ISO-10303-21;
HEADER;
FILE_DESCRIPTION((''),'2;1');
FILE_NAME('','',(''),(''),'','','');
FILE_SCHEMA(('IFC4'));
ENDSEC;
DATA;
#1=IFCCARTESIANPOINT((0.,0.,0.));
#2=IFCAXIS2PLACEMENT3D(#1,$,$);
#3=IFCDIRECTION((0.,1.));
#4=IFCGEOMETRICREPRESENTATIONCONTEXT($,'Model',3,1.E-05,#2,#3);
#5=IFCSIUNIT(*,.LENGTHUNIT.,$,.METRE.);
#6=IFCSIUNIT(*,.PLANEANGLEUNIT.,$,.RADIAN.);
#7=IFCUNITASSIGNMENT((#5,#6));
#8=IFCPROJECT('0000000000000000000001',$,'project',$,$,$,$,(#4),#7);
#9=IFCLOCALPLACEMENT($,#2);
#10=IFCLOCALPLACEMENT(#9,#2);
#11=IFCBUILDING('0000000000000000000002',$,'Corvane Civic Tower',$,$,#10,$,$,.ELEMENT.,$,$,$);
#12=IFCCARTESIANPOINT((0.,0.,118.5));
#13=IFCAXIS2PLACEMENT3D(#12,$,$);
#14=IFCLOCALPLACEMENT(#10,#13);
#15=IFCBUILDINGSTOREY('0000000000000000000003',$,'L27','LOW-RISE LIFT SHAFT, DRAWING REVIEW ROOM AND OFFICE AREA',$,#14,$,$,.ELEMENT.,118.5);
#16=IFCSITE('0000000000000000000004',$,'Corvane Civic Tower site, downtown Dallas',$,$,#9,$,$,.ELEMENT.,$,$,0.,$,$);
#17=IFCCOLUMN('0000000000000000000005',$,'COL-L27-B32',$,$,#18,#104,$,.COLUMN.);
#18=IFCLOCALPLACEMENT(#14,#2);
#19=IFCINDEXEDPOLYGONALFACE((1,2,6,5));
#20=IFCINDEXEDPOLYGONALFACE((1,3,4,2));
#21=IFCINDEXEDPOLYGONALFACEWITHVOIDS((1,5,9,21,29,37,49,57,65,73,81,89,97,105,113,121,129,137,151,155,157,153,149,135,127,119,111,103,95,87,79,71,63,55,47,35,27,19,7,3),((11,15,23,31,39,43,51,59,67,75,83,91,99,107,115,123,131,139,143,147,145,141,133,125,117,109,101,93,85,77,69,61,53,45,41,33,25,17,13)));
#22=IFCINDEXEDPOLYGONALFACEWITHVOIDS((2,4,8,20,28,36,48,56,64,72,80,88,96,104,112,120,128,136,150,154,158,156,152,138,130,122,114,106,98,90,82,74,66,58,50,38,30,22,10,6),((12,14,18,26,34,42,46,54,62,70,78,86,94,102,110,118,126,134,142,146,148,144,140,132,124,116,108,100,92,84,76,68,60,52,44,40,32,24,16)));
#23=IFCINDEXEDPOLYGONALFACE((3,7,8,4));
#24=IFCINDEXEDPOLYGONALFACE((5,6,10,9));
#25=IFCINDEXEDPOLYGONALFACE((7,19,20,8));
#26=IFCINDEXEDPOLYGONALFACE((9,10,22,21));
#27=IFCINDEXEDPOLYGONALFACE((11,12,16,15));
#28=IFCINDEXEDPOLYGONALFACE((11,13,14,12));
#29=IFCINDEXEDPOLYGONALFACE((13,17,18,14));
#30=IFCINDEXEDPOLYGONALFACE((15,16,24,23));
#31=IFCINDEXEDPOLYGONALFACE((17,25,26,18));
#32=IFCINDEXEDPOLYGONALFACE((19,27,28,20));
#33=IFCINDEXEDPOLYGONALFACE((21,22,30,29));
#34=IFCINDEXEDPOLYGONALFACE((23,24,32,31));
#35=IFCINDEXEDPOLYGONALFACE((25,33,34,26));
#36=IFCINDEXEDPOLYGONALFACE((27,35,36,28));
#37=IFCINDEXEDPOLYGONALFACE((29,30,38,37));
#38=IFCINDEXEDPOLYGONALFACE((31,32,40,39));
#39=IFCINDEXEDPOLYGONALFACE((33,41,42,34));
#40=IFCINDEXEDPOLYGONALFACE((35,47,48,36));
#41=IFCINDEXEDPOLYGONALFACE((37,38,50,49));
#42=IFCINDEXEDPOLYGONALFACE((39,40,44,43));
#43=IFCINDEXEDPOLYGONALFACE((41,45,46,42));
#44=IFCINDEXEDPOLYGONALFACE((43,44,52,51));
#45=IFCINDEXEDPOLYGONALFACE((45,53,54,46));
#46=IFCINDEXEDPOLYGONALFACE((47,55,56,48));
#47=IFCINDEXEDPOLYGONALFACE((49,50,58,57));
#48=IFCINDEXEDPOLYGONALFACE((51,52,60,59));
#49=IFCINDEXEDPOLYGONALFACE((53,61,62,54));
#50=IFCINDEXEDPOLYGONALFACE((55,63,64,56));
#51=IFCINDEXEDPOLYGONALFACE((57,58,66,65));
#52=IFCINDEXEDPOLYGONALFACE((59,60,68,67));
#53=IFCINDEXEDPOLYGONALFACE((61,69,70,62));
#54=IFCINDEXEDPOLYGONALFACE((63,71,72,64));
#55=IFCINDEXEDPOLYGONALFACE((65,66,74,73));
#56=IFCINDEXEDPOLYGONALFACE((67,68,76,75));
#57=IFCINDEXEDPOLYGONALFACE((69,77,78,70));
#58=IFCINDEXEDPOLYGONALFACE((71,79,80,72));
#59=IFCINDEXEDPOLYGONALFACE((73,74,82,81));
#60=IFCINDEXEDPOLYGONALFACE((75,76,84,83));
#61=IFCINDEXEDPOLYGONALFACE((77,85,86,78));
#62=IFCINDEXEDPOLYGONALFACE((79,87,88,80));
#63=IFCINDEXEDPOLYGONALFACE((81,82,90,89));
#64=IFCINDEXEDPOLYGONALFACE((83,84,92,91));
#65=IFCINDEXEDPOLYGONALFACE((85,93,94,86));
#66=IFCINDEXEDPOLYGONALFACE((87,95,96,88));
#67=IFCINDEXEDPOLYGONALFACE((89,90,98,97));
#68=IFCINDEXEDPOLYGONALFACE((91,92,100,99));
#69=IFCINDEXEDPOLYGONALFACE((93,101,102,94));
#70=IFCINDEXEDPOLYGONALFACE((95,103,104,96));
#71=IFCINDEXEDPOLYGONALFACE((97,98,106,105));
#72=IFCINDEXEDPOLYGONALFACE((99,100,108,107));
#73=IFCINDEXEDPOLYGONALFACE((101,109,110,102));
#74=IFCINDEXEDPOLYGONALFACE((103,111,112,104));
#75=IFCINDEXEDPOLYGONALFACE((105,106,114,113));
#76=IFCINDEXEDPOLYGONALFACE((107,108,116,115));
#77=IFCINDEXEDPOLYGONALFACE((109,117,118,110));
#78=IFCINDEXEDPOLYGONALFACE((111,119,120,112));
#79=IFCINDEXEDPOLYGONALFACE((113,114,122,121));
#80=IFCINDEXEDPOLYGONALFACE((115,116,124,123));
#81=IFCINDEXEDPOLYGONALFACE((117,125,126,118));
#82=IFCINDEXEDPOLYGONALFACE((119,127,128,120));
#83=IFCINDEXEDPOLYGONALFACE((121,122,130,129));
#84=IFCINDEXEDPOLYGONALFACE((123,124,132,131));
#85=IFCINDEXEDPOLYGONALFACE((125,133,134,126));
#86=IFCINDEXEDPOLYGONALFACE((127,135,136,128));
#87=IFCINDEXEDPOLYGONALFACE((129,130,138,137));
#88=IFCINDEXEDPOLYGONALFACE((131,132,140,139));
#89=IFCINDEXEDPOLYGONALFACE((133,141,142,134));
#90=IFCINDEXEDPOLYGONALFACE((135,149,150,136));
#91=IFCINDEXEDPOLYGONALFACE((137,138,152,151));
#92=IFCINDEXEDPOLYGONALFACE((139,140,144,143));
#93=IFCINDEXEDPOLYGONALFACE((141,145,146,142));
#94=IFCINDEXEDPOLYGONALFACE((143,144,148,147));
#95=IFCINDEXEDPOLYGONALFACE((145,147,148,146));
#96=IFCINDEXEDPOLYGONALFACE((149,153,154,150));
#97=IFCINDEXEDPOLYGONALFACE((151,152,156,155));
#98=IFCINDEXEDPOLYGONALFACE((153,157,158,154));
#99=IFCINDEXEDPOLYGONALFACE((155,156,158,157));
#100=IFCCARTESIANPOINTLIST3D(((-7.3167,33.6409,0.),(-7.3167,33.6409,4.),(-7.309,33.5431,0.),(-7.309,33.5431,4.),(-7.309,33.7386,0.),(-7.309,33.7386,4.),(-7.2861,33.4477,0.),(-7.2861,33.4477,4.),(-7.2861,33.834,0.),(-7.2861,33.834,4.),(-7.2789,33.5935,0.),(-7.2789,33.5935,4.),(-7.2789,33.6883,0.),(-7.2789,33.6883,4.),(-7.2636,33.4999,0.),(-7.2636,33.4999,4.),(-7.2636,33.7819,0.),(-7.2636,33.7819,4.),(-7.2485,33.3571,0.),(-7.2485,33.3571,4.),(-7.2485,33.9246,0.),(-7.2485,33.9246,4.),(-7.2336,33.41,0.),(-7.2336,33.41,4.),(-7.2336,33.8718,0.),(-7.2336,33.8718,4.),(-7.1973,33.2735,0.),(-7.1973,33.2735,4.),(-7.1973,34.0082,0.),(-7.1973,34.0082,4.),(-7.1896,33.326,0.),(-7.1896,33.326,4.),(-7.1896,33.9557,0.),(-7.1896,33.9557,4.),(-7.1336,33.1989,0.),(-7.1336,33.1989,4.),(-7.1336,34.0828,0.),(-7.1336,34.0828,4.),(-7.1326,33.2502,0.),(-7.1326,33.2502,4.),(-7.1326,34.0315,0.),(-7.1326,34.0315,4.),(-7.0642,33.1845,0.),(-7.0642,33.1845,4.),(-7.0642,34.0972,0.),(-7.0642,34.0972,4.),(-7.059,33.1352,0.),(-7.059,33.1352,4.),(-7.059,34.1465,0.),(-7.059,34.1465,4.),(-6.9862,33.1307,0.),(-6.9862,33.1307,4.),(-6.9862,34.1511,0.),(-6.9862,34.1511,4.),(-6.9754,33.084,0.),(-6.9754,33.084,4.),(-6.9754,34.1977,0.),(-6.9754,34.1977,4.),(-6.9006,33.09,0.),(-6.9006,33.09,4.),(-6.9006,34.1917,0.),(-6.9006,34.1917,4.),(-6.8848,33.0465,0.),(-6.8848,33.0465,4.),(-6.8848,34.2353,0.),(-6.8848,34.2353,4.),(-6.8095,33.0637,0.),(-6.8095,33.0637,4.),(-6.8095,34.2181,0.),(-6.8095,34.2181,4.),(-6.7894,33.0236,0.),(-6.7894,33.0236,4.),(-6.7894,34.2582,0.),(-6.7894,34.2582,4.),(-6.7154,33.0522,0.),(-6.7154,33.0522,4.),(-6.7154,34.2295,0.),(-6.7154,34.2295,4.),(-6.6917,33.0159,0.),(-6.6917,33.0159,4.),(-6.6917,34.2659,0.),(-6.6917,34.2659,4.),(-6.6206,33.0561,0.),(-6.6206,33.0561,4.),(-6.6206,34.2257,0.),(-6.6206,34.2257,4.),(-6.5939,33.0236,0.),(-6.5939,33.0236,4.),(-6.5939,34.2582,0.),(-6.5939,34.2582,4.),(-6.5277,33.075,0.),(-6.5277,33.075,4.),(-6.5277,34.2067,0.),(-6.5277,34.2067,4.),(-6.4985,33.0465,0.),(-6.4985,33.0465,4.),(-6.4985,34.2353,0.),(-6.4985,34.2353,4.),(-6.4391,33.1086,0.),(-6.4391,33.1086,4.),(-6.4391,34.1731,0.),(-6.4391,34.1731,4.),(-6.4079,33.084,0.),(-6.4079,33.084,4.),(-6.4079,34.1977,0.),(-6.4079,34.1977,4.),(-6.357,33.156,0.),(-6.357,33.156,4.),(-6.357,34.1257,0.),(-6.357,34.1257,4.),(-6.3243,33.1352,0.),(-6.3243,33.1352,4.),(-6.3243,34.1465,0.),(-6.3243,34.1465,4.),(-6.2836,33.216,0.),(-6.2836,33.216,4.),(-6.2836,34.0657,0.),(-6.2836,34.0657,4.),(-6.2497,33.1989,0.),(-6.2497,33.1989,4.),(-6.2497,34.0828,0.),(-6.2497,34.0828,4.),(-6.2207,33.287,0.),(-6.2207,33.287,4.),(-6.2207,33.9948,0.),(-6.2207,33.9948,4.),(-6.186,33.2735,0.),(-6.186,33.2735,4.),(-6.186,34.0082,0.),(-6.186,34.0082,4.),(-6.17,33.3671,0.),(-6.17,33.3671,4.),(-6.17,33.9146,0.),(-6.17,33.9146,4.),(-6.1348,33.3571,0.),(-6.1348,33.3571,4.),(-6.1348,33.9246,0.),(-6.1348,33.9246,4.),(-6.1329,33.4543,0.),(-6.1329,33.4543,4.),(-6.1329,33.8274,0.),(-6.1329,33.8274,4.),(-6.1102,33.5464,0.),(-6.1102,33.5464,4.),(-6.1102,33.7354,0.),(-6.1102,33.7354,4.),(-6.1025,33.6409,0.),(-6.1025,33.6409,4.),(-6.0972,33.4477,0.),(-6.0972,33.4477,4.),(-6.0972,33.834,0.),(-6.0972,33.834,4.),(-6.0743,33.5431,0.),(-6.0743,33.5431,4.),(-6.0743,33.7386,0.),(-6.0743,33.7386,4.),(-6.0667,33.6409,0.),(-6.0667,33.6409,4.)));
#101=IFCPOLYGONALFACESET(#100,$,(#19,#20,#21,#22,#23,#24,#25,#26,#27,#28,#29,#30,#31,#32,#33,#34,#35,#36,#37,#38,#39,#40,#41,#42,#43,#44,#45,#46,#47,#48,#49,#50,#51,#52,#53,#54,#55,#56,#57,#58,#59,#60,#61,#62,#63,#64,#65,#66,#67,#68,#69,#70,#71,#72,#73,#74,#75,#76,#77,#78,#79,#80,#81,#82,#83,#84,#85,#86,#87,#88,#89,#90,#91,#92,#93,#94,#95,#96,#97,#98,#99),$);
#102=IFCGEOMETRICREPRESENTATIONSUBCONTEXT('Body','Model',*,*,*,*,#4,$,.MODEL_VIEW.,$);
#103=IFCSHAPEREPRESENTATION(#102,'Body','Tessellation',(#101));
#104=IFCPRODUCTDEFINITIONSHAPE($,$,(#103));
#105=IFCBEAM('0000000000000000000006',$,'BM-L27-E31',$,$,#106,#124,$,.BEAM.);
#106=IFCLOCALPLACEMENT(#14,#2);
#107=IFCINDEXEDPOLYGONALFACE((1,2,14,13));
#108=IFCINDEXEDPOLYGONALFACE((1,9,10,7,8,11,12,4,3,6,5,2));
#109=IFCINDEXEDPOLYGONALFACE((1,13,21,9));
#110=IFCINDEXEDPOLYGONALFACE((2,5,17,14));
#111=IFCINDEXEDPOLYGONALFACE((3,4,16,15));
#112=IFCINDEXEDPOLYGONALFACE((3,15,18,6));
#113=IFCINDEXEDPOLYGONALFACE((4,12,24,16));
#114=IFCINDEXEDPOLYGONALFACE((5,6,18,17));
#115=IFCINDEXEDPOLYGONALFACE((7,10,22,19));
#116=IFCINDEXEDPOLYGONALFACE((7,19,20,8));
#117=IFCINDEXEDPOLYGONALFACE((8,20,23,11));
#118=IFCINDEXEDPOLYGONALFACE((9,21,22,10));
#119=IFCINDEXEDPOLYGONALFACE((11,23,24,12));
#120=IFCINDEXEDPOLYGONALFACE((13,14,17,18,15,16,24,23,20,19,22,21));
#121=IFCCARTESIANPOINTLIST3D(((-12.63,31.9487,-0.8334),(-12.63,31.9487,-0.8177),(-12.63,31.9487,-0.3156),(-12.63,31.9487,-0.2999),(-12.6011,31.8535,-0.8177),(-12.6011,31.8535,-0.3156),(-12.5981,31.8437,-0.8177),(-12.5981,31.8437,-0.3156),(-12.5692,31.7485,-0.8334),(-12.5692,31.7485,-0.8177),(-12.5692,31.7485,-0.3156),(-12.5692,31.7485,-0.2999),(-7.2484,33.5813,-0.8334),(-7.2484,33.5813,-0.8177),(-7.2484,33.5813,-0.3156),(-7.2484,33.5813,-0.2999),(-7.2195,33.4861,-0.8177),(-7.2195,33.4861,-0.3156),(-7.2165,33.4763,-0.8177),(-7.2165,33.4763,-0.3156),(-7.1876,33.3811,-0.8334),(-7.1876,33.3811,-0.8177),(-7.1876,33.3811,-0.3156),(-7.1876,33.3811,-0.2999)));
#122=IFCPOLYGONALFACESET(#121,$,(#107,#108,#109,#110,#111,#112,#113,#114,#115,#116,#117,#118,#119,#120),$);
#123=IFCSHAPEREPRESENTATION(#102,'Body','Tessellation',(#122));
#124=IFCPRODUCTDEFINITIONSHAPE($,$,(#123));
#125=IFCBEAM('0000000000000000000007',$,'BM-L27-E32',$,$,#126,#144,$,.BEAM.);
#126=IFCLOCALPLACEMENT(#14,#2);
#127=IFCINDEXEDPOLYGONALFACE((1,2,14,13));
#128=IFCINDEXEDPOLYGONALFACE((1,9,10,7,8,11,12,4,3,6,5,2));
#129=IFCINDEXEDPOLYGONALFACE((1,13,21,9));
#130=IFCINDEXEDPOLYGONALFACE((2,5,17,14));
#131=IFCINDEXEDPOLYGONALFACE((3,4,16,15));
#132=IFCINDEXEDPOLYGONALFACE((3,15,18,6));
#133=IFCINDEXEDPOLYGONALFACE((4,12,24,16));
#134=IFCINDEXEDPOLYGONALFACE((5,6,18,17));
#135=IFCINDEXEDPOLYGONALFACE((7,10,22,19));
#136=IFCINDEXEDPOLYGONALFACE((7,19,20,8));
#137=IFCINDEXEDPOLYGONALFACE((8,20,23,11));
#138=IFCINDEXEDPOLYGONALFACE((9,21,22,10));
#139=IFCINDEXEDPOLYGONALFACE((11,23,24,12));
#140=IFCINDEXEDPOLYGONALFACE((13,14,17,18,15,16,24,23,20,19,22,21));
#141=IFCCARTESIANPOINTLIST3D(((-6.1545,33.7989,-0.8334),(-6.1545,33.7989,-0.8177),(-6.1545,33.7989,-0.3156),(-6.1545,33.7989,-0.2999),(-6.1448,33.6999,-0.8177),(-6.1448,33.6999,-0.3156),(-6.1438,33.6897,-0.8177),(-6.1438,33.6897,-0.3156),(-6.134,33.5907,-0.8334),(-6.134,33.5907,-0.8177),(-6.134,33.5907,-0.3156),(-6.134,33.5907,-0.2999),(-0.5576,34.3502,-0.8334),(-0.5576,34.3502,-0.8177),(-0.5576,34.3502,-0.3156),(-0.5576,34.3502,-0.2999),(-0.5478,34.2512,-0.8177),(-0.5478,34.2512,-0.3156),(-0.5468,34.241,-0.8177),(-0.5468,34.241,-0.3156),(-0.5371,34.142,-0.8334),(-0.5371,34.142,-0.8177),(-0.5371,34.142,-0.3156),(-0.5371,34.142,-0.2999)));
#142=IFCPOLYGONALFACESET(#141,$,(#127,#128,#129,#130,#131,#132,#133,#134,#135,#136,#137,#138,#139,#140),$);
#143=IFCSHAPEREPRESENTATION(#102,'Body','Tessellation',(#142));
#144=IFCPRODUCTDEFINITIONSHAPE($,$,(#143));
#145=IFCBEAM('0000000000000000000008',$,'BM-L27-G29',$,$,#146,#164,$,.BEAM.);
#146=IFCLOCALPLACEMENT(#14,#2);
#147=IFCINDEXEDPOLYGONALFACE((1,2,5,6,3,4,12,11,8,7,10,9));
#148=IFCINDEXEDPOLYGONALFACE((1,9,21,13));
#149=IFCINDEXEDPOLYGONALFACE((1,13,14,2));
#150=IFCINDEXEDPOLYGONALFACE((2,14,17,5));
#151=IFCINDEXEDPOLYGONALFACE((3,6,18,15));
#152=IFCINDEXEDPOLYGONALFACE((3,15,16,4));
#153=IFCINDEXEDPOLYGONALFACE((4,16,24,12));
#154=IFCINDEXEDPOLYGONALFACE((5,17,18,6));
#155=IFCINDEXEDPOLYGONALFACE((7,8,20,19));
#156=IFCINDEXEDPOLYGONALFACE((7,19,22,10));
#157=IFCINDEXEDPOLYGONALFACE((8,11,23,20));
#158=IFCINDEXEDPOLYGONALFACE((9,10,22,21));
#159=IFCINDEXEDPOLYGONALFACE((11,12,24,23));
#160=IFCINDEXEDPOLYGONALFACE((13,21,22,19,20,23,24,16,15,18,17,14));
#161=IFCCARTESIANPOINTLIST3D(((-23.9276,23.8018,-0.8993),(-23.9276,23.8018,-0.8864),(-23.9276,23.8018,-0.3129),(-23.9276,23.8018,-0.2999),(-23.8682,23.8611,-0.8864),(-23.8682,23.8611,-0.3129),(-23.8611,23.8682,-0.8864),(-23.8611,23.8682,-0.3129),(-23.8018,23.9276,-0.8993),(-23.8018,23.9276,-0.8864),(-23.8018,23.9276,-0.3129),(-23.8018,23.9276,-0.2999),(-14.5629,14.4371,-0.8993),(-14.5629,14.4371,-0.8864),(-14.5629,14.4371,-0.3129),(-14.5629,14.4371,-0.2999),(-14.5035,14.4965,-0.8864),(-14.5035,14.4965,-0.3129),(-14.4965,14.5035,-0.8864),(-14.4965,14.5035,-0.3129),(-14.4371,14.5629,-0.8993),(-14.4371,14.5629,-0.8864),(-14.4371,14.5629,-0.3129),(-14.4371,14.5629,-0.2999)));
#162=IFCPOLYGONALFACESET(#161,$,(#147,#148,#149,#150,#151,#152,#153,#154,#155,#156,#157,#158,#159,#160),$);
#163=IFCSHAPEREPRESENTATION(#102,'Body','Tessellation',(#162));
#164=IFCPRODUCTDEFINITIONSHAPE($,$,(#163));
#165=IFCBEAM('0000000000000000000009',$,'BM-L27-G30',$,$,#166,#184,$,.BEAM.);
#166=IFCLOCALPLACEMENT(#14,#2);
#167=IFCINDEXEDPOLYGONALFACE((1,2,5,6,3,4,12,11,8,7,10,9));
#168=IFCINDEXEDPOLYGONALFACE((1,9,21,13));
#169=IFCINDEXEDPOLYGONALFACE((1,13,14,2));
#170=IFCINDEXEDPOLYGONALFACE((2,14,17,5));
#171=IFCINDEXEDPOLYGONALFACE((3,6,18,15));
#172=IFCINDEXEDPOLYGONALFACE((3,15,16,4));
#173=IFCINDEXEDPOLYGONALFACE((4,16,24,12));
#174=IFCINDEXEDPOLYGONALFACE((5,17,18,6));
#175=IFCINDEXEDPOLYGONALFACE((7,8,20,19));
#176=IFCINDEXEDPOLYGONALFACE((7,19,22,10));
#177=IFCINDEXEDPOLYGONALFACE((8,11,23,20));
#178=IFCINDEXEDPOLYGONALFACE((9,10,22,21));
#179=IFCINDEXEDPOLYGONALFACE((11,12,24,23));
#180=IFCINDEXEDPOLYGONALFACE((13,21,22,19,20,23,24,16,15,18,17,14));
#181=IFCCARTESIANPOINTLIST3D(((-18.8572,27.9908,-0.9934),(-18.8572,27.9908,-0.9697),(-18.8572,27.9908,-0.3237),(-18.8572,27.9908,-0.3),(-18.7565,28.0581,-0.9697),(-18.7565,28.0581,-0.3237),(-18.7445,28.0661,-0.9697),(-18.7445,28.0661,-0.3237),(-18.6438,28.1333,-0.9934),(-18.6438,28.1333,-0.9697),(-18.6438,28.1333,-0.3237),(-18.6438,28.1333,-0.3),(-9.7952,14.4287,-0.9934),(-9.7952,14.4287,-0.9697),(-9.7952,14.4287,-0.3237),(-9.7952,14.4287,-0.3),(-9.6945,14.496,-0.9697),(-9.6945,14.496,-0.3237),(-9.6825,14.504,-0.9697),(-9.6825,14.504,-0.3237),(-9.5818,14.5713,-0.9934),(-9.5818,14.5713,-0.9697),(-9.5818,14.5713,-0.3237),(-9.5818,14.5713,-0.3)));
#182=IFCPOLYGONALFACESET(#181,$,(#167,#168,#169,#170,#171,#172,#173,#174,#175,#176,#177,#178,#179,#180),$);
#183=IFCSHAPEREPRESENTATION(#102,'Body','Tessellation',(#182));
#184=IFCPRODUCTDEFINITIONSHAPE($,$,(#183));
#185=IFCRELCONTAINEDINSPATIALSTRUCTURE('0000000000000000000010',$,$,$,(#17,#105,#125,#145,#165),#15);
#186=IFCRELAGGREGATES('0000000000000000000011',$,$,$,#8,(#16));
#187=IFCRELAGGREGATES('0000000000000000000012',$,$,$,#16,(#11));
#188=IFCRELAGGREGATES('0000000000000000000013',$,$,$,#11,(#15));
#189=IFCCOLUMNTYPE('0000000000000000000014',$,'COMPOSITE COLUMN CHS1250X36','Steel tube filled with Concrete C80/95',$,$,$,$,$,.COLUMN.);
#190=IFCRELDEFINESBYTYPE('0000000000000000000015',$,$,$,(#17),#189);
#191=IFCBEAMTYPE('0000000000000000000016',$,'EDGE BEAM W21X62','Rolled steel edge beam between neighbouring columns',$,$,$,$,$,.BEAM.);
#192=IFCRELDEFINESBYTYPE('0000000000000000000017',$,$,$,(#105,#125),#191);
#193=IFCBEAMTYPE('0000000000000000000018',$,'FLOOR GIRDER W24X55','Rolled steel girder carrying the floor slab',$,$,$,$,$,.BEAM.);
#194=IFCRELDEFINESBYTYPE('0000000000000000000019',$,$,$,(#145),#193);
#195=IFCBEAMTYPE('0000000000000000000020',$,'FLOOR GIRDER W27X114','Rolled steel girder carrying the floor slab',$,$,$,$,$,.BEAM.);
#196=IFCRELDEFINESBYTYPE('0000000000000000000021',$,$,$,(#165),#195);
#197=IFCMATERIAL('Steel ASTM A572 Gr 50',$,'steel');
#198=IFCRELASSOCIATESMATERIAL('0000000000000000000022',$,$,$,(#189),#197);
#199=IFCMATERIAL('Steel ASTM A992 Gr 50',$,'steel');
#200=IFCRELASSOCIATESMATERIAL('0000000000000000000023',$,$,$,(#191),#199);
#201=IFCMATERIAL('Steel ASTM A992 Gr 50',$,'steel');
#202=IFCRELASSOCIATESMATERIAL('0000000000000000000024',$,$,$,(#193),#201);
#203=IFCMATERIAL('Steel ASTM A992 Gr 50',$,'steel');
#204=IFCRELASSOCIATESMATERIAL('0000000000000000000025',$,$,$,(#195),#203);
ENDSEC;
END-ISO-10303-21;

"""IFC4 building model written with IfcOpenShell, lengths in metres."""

from ifc_helpers import new_model, si_unit, direction, frame, origin, origin_2d, place, context, subcontext, project, spatial, hollow_circle, i_section, extrude, material, material_profile, profile_set, type_object, element, save


model = new_model("IFC4")

# Units and contexts
model_context = context("Model", 3, precision=1e-05, world=origin(), true_north=direction((0.0, 1.0)))
body_context = subcontext(model_context, "Body", "Model", "MODEL_VIEW")
ifc_project = project(units=[si_unit("LENGTHUNIT", "METRE"), si_unit("PLANEANGLEUNIT", "RADIAN")], contexts=[model_context])

# Site, building, storey
site_placement = place(None, origin())
site = spatial("IfcSite", under=ifc_project, at=site_placement, Name="Corvane Civic Tower site, downtown Dallas", CompositionType="ELEMENT", RefElevation=0.0)
building_placement = place(site_placement, origin())
building = spatial("IfcBuilding", under=site, at=building_placement, Name="Corvane Civic Tower", CompositionType="ELEMENT")
storey_placement = place(building_placement, frame((0.0, 0.0, 118.5)))
storey = spatial("IfcBuildingStorey", under=building, at=storey_placement, Name="L27", Description="LOW-RISE LIFT SHAFT, DRAWING REVIEW ROOM AND OFFICE AREA", CompositionType="ELEMENT", Elevation=118.5)

# Column
ifc_material_1 = material(Name="Steel ASTM A572 Gr 50", Category="steel")
ifc_material_profile_1 = material_profile(ifc_material_1, hollow_circle(Radius=0.625, WallThickness=0.0359, at=origin_2d()), Name="CHS1250X36")
ifc_profile_set_1 = profile_set([ifc_material_profile_1], Name="Steel ASTM A572 Gr 50")
column_type = type_object("IfcColumnType", Name="COMPOSITE COLUMN CHS1250X36", Description="Steel tube filled with Concrete C80/95", PredefinedType="COLUMN", material=ifc_profile_set_1)
for number, where, z_axis, x_axis, name in (
    (1, (-6.6917, 33.6409, 0.0), (0.0, 0.0, 1.0), (1.0, 0.0, 0.0), "COL-L27-B32"),
):
    element("IfcColumn", number, at=place(storey_placement, frame(where, z_axis=z_axis, x_axis=x_axis)), inside=storey, type_object=column_type, Name=name, PredefinedType="COLUMN", context=body_context, shape_type="SweptSolid", body=[
        extrude(hollow_circle(Radius=0.625, WallThickness=0.0359, at=origin_2d()), origin(), (0.0, 0.0, 1.0), 4.0),
    ])

# Beams
ifc_material_2 = material(Name="Steel ASTM A992 Gr 50", Category="steel")
ifc_material_profile_2 = material_profile(ifc_material_2, i_section(OverallWidth=0.2092, OverallDepth=0.5334, WebThickness=0.0103, FlangeThickness=0.0156, at=origin_2d()), Name="W21X62")
ifc_profile_set_2 = profile_set([ifc_material_profile_2], Name="Steel ASTM A992 Gr 50")
beam_type_1 = type_object("IfcBeamType", Name="EDGE BEAM W21X62", Description="Rolled steel edge beam between neighbouring columns", PredefinedType="BEAM", material=ifc_profile_set_2)
beam_1_placement = place(storey_placement, frame((-12.5996, 31.8486, -0.5667), z_axis=(0.956936, 0.290298, 0.0), x_axis=(-0.290298, 0.956936, 0.0)))
element("IfcBeam", 2, at=beam_1_placement, inside=storey, type_object=beam_type_1, Name="BM-L27-E31", PredefinedType="BEAM", context=body_context, shape_type="SweptSolid", body=[
    extrude(i_section(OverallWidth=0.2092, OverallDepth=0.5334, WebThickness=0.0103, FlangeThickness=0.0156, at=origin_2d()), origin(), (0.0, 0.0, 1.0), 5.6238),
])
beam_2_placement = place(storey_placement, frame((-6.1443, 33.6948, -0.5667), z_axis=(0.995184, 0.098021, 0.0), x_axis=(-0.098021, 0.995184, 0.0)))
element("IfcBeam", 3, at=beam_2_placement, inside=storey, type_object=beam_type_1, Name="BM-L27-E32", PredefinedType="BEAM", context=body_context, shape_type="SweptSolid", body=[
    extrude(i_section(OverallWidth=0.2092, OverallDepth=0.5334, WebThickness=0.0103, FlangeThickness=0.0156, at=origin_2d()), origin(), (0.0, 0.0, 1.0), 5.624),
])
ifc_material_3 = material(Name="Steel ASTM A992 Gr 50", Category="steel")
ifc_material_profile_3 = material_profile(ifc_material_3, i_section(OverallWidth=0.178, OverallDepth=0.5994, WebThickness=0.01, FlangeThickness=0.0129, at=origin_2d()), Name="W24X55")
ifc_profile_set_3 = profile_set([ifc_material_profile_3], Name="Steel ASTM A992 Gr 50")
beam_type_2 = type_object("IfcBeamType", Name="FLOOR GIRDER W24X55", Description="Rolled steel girder carrying the floor slab", PredefinedType="BEAM", material=ifc_profile_set_3)
beam_3_placement = place(storey_placement, frame((-14.5, 14.5, -0.5996), z_axis=(-0.707107, 0.707107, 0.0), x_axis=(-0.707107, -0.707107, 0.0)))
element("IfcBeam", 4, at=beam_3_placement, inside=storey, type_object=beam_type_2, Name="BM-L27-G29", PredefinedType="BEAM", context=body_context, shape_type="SweptSolid", body=[
    extrude(i_section(OverallWidth=0.178, OverallDepth=0.5994, WebThickness=0.01, FlangeThickness=0.0129, at=origin_2d()), origin(), (0.0, 0.0, 1.0), 13.2437),
])
ifc_material_4 = material(Name="Steel ASTM A992 Gr 50", Category="steel")
ifc_material_profile_4 = material_profile(ifc_material_4, i_section(OverallWidth=0.2566, OverallDepth=0.6934, WebThickness=0.0144, FlangeThickness=0.0237, at=origin_2d()), Name="W27X114")
ifc_profile_set_4 = profile_set([ifc_material_profile_4], Name="Steel ASTM A992 Gr 50")
beam_type_3 = type_object("IfcBeamType", Name="FLOOR GIRDER W27X114", Description="Rolled steel girder carrying the floor slab", PredefinedType="BEAM", material=ifc_profile_set_4)
beam_4_placement = place(storey_placement, frame((-9.6885, 14.5, -0.6467), z_axis=(-0.555577, 0.831465, 0.0), x_axis=(-0.831465, -0.555577, 0.0)))
element("IfcBeam", 5, at=beam_4_placement, inside=storey, type_object=beam_type_3, Name="BM-L27-G30", PredefinedType="BEAM", context=body_context, shape_type="SweptSolid", body=[
    extrude(i_section(OverallWidth=0.2566, OverallDepth=0.6934, WebThickness=0.0144, FlangeThickness=0.0237, at=origin_2d()), origin(), (0.0, 0.0, 1.0), 16.311),
])

save(model, "model.ifc")
